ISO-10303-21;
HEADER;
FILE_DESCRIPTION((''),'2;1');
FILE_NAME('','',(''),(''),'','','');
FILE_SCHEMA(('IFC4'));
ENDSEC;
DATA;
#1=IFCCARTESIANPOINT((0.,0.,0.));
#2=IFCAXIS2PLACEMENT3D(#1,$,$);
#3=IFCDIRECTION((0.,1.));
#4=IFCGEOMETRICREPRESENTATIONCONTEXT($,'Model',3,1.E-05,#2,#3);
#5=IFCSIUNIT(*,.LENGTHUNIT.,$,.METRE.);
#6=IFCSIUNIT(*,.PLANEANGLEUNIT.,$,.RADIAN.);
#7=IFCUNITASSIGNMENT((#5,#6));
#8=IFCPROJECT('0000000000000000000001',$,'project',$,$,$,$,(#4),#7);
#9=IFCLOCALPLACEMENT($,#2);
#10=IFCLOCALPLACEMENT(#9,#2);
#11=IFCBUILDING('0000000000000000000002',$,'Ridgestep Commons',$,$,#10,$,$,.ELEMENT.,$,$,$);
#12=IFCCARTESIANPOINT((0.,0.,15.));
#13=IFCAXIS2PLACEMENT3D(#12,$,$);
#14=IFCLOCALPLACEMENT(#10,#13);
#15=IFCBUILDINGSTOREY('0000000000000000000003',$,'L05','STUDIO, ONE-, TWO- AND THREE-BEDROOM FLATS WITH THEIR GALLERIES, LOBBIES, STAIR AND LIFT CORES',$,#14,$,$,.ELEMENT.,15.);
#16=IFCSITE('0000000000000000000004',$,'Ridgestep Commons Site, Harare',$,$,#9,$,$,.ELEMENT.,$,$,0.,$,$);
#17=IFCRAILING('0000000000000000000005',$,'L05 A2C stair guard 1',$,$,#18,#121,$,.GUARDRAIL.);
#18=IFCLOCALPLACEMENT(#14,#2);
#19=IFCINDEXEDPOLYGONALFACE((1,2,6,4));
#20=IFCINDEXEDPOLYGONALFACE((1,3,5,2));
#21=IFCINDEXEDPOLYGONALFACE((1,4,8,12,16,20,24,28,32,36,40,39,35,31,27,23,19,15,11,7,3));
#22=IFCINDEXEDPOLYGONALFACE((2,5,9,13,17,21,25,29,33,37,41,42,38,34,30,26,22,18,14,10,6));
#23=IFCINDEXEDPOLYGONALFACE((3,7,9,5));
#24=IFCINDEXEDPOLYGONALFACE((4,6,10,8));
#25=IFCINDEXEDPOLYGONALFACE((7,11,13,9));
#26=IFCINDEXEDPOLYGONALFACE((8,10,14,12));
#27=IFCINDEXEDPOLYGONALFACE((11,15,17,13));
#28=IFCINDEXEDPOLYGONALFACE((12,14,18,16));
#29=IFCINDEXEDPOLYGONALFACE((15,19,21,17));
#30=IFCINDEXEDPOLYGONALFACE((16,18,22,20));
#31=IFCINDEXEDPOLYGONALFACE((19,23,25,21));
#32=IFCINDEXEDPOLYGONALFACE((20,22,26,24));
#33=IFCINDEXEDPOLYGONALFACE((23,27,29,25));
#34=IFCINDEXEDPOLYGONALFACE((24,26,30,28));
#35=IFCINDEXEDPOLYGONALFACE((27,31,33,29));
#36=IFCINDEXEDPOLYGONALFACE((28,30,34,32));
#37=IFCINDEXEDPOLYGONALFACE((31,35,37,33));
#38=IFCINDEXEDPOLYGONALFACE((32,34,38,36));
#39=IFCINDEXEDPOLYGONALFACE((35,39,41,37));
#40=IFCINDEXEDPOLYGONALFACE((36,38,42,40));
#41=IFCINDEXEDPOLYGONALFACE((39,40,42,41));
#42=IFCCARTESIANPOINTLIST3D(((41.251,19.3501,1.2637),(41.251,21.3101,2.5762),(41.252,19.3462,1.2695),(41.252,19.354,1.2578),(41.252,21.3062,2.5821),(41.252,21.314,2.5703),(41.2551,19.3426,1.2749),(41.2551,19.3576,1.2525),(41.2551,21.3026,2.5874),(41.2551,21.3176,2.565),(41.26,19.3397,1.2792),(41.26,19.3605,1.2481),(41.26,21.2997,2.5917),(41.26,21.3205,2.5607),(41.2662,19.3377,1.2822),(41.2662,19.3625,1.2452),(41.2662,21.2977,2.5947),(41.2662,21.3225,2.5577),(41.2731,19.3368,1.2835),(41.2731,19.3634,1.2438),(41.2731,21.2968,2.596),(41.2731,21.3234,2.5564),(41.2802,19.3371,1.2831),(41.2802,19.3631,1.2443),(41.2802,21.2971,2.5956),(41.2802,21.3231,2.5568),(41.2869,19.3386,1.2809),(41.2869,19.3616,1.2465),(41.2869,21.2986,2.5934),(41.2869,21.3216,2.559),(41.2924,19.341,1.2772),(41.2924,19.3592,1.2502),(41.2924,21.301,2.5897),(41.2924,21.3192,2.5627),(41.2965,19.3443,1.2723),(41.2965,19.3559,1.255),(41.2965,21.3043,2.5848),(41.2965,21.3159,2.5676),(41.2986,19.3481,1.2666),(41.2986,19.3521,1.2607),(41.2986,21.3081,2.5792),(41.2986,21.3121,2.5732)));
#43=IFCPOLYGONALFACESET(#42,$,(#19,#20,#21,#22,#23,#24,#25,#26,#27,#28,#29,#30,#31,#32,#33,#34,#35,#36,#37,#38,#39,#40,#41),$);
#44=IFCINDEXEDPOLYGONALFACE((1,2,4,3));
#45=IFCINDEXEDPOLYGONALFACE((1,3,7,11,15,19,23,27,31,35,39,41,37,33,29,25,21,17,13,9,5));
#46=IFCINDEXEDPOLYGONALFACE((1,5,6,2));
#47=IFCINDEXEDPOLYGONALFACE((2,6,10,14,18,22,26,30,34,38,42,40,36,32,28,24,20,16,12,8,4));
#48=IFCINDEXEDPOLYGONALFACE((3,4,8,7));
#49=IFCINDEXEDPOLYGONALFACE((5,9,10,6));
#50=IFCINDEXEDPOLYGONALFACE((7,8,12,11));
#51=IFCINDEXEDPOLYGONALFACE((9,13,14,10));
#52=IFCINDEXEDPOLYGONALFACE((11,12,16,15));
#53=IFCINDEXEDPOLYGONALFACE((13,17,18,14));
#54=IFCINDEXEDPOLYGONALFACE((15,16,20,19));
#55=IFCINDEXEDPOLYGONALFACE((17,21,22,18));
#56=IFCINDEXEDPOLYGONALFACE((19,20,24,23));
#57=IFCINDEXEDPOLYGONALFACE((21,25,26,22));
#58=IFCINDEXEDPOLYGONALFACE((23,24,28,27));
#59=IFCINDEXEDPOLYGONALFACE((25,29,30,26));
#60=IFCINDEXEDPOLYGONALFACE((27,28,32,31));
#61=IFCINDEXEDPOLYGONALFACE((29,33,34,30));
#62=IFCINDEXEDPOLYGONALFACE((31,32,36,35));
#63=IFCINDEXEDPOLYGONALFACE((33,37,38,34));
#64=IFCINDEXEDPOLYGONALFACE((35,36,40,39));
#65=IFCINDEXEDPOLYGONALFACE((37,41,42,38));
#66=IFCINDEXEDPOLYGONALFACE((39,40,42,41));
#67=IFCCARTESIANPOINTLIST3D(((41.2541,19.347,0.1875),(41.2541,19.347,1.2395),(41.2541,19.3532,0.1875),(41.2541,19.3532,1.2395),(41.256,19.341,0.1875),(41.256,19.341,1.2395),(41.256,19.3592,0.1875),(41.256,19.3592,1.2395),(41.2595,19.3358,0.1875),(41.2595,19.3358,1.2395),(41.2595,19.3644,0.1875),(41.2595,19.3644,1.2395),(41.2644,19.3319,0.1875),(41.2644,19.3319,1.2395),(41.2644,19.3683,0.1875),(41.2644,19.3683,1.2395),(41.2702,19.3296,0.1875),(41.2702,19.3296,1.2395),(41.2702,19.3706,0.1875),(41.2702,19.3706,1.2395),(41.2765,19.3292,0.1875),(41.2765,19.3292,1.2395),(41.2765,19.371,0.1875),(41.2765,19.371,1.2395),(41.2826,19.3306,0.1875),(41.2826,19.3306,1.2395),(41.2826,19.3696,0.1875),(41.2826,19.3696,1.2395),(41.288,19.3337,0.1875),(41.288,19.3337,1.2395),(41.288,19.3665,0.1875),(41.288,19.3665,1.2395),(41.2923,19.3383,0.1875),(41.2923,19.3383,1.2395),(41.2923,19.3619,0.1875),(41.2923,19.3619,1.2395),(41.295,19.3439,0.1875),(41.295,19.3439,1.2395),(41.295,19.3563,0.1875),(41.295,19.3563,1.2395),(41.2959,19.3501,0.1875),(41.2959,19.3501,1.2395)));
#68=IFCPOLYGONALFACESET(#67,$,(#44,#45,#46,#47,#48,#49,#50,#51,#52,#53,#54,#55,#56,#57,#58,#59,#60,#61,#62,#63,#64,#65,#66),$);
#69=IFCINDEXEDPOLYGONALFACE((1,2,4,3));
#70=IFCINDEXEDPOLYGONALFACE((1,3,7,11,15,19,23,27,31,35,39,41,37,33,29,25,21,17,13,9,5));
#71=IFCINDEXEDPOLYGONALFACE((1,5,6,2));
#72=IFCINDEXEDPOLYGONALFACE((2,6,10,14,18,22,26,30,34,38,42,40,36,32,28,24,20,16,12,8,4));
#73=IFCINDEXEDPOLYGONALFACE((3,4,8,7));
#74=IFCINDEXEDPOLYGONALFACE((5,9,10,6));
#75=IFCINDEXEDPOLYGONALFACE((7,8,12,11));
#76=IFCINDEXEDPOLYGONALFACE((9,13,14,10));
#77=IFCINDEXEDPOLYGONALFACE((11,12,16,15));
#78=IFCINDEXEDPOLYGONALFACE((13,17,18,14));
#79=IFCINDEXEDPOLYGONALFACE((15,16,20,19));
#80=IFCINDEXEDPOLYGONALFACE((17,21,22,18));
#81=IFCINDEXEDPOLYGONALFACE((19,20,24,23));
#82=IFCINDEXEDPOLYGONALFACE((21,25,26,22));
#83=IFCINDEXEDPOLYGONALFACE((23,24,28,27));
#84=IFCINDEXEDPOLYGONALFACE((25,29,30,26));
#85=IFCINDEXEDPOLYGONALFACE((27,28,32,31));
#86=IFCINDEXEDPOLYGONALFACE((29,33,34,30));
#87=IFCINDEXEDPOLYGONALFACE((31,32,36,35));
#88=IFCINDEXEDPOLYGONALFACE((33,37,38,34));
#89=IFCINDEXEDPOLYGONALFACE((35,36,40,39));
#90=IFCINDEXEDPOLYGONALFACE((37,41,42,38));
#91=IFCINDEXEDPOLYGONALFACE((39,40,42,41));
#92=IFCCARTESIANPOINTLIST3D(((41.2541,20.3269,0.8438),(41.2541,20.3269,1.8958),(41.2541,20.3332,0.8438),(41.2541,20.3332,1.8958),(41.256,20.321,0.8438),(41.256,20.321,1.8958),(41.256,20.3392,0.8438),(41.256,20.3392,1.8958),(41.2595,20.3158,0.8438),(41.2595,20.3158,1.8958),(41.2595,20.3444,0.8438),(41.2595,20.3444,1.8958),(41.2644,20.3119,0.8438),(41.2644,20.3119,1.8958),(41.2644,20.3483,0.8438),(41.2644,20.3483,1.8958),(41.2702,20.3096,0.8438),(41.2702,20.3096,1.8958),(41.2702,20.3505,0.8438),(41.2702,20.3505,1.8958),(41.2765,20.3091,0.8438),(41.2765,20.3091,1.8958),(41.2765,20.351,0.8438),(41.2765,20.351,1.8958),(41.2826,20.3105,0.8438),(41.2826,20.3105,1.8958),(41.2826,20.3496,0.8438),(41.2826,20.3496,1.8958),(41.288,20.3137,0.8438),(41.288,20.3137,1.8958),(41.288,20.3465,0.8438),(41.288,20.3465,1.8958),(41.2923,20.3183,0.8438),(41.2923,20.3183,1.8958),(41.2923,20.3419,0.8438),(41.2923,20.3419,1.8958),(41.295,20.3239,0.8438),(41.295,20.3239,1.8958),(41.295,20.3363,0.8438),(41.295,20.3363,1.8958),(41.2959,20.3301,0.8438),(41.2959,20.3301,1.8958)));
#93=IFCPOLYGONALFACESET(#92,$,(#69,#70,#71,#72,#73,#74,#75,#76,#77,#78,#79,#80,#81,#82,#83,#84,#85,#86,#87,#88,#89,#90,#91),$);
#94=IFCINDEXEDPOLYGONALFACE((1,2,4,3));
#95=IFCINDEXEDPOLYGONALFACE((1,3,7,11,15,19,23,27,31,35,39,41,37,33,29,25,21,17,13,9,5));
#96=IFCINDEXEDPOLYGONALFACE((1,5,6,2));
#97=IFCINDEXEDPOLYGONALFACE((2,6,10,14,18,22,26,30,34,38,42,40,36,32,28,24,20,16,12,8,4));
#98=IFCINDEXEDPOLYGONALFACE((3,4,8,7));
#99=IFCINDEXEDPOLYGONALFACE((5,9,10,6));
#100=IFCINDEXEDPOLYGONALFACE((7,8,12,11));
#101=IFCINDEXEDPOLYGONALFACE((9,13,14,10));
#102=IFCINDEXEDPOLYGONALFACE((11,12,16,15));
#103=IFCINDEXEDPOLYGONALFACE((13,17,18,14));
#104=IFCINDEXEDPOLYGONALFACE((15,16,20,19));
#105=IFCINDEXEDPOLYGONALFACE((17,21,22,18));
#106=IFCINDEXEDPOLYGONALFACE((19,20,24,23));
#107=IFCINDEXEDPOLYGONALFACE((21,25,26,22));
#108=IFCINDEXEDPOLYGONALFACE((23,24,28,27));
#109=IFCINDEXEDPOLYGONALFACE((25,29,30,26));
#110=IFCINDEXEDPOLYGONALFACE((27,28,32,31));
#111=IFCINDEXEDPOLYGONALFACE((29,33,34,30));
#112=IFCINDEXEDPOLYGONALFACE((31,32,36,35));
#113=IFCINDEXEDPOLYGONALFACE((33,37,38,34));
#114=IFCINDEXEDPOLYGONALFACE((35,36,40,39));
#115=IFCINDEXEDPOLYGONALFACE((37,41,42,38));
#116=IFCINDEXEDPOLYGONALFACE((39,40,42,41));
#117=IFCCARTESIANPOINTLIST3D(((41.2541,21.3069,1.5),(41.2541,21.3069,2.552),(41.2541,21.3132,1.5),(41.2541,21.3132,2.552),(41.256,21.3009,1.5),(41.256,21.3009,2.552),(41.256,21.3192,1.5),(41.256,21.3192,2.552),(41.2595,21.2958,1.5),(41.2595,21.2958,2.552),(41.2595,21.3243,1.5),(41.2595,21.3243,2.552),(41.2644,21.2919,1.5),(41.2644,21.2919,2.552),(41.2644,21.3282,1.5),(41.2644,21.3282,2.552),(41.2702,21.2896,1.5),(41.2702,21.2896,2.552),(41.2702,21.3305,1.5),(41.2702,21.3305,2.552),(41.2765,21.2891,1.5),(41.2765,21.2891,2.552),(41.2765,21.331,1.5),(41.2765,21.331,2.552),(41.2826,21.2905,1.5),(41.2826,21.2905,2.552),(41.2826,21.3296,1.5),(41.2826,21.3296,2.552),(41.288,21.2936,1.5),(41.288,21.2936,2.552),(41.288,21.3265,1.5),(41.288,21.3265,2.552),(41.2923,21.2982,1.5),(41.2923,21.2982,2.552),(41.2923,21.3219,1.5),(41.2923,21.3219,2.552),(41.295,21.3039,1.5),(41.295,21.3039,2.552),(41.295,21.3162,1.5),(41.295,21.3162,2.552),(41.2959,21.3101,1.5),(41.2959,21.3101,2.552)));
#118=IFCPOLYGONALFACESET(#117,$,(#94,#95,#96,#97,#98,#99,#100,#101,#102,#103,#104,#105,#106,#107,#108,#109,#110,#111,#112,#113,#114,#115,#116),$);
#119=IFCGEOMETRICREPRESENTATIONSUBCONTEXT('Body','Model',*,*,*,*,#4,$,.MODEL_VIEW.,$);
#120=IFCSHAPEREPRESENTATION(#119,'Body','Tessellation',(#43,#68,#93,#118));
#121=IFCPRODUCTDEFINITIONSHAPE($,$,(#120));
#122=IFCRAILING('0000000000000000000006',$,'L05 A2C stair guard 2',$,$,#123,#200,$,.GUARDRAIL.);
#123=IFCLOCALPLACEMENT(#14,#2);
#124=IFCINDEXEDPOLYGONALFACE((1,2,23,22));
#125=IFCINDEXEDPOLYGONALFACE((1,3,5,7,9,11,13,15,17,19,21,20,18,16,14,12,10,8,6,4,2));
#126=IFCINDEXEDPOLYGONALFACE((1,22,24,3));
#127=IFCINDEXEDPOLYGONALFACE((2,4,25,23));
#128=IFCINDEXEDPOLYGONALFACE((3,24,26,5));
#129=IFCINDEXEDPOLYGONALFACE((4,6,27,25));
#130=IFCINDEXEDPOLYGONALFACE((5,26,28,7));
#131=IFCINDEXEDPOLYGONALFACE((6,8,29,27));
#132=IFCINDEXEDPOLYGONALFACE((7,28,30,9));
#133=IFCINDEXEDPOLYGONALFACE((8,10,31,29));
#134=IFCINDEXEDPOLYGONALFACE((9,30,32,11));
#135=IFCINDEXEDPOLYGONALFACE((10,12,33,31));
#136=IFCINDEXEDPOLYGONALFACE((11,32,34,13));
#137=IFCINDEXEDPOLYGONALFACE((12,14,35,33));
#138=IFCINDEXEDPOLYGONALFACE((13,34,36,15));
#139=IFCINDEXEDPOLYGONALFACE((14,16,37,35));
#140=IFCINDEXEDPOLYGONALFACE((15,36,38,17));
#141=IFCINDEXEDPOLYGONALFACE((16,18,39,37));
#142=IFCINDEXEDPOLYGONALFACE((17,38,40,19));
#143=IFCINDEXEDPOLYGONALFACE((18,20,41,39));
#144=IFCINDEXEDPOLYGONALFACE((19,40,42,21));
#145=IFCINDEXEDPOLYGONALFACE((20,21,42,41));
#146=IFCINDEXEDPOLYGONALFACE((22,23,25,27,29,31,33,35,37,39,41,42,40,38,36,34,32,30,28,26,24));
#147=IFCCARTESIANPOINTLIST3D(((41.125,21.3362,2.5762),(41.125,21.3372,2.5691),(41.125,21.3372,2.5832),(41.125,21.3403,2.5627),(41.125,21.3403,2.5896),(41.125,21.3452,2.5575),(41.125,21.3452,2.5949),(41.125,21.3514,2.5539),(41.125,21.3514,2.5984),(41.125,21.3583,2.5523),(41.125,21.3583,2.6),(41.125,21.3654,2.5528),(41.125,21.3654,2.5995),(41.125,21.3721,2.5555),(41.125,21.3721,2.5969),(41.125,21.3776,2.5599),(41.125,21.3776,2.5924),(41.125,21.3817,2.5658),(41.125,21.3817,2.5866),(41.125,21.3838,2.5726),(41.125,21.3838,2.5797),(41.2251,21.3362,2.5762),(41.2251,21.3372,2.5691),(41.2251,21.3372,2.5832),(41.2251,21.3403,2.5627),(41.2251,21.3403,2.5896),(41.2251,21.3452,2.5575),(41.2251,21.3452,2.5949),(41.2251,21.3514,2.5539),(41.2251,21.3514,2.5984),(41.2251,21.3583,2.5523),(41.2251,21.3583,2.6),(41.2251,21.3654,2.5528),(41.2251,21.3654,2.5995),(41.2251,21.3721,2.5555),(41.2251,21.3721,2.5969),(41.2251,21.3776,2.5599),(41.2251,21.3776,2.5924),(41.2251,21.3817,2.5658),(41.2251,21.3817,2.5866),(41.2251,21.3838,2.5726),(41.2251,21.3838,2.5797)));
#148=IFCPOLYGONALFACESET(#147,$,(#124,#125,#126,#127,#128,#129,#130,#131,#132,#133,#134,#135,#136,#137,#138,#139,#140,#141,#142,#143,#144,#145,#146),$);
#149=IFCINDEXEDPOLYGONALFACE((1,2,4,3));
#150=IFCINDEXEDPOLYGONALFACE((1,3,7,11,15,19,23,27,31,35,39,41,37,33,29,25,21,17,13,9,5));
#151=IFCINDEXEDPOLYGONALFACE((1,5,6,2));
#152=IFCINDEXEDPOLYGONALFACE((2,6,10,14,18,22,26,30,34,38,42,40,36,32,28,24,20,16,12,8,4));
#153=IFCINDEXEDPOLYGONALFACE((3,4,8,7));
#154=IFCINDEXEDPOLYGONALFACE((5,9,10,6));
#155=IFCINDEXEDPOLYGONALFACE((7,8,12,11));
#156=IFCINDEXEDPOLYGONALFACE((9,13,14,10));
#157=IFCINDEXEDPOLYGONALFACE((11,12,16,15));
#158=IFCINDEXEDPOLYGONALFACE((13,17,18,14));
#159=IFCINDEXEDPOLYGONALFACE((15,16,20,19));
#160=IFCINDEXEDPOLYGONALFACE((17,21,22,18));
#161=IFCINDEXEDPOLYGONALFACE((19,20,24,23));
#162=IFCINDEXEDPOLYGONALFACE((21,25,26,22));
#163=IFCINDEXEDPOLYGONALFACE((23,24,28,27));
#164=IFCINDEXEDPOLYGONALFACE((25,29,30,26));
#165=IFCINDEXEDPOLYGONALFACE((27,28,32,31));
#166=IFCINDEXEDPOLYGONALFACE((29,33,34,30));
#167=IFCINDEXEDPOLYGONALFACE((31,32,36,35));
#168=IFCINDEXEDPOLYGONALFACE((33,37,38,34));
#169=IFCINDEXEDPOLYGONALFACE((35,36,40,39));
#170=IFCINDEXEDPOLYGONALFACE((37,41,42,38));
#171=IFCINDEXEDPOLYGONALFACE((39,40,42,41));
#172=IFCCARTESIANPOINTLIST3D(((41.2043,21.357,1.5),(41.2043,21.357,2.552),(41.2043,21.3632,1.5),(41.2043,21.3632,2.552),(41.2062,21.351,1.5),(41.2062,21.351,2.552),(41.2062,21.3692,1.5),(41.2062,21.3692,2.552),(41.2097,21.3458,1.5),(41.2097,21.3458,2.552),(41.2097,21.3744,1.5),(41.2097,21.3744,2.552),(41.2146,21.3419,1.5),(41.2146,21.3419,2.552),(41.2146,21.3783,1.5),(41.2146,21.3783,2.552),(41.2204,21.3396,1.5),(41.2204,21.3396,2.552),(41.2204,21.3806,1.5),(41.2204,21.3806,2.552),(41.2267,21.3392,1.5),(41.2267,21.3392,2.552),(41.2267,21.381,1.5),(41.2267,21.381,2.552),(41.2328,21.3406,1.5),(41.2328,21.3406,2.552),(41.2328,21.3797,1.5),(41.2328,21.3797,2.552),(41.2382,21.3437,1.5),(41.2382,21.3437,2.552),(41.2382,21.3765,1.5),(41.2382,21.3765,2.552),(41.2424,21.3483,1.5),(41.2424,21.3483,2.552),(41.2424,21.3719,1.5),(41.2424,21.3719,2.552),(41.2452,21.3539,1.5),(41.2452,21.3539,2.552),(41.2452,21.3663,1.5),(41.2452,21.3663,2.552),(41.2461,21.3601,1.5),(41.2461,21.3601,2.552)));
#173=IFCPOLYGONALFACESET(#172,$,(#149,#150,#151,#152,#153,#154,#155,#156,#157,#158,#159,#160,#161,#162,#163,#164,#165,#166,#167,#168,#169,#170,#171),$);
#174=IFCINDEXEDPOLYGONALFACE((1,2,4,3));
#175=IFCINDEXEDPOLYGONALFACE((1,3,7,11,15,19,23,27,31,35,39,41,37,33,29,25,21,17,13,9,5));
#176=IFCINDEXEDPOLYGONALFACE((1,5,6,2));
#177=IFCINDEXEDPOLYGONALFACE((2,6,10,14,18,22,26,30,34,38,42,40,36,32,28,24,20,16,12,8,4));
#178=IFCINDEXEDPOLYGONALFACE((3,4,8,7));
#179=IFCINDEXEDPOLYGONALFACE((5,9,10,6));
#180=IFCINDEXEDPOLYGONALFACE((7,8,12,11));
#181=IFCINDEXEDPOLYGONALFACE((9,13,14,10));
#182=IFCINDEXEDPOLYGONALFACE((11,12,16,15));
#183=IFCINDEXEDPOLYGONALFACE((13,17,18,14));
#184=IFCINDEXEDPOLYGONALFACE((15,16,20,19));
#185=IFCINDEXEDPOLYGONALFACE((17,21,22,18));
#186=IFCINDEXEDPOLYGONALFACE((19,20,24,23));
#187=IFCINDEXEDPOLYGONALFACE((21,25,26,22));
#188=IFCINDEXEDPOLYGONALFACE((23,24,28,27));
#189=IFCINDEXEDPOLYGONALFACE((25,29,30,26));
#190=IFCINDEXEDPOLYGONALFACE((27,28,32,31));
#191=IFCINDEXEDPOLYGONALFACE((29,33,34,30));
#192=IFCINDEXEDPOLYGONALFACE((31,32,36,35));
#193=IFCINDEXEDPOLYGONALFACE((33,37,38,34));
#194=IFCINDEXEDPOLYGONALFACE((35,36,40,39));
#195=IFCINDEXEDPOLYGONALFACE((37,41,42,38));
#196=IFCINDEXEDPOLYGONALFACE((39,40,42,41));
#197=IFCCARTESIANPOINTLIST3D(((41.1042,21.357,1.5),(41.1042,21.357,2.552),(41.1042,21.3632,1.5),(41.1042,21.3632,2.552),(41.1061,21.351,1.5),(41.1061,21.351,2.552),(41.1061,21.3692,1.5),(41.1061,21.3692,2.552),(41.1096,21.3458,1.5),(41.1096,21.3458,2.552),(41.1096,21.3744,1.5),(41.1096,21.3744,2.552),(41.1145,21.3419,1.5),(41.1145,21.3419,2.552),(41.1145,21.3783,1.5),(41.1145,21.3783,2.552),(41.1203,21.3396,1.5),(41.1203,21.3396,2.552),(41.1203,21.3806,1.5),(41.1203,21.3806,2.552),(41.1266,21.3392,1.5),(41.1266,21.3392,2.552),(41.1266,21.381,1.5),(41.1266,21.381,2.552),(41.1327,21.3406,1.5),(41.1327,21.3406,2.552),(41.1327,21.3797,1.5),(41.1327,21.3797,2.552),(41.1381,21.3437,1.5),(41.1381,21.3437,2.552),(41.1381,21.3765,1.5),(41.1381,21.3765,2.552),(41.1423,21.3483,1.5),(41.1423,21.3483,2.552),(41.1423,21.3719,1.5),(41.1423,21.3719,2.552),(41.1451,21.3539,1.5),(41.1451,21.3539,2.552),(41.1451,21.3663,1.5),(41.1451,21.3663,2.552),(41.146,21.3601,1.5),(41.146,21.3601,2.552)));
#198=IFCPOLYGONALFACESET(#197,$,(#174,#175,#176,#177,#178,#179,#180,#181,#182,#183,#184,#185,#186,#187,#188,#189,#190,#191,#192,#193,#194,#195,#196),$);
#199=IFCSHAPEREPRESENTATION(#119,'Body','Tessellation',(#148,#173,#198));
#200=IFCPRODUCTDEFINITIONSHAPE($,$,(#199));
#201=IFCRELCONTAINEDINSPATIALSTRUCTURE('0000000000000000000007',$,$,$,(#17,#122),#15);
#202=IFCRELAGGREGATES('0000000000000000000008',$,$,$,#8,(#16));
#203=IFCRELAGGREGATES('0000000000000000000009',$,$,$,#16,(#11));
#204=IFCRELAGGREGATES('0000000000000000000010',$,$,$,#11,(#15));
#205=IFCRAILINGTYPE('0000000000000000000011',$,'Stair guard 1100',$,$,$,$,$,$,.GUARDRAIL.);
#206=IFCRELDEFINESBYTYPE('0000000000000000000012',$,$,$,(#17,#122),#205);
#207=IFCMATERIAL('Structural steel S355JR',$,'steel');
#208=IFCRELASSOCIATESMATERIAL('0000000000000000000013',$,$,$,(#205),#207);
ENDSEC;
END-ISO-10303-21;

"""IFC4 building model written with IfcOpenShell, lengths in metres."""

from ifc_helpers import new_model, si_unit, direction, frame, origin, origin_2d, place, context, subcontext, project, spatial, circle, extrude, material, type_object, element, save


model = new_model("IFC4")

# Units and contexts
model_context = context("Model", 3, precision=1e-05, world=origin(), true_north=direction((0.0, 1.0)))
body_context = subcontext(model_context, "Body", "Model", "MODEL_VIEW")
ifc_project = project(units=[si_unit("LENGTHUNIT", "METRE"), si_unit("PLANEANGLEUNIT", "RADIAN")], contexts=[model_context])

# Site, building, storey
site_placement = place(None, origin())
site = spatial("IfcSite", under=ifc_project, at=site_placement, Name="Ridgestep Commons Site, Harare", CompositionType="ELEMENT", RefElevation=0.0)
building_placement = place(site_placement, origin())
building = spatial("IfcBuilding", under=site, at=building_placement, Name="Ridgestep Commons", CompositionType="ELEMENT")
storey_placement = place(building_placement, frame((0.0, 0.0, 15.0)))
storey = spatial("IfcBuildingStorey", under=building, at=storey_placement, Name="L05", Description="STUDIO, ONE-, TWO- AND THREE-BEDROOM FLATS WITH THEIR GALLERIES, LOBBIES, STAIR AND LIFT CORES", CompositionType="ELEMENT", Elevation=15.0)

# Railings
ifc_material_1 = material(Name="Structural steel S355JR", Category="steel")
railing_type_1 = type_object("IfcRailingType", Name="Stair guard 1100", PredefinedType="GUARDRAIL", material=ifc_material_1)
railing_1_placement = place(storey_placement, frame((41.2749, 19.3501, 0.1875)))
element("IfcRailing", 1, at=railing_1_placement, inside=storey, type_object=railing_type_1, Name="L05 A2C stair guard 1", PredefinedType="GUARDRAIL", context=body_context, shape_type="SweptSolid", body=[
    extrude(circle(Radius=0.0239, at=origin_2d()), frame((0.0, 0.0, 1.0762), z_axis=(0.0, 0.830902, 0.556419), x_axis=(-1.0, 0.0, 0.0)), (0.0, 0.0, 1.0), 2.3589),
    extrude(circle(Radius=0.021, at=origin_2d()), origin(), (0.0, 0.0, 1.0), 1.052),
    extrude(circle(Radius=0.021, at=origin_2d()), frame((0.0, 0.98, 0.6562)), (0.0, 0.0, 1.0), 1.052),
    extrude(circle(Radius=0.021, at=origin_2d()), frame((0.0, 1.96, 1.3125)), (0.0, 0.0, 1.0), 1.052),
])
railing_2_placement = place(storey_placement, frame((41.2251, 21.3601, 1.5)))
element("IfcRailing", 2, at=railing_2_placement, inside=storey, type_object=railing_type_1, Name="L05 A2C stair guard 2", PredefinedType="GUARDRAIL", context=body_context, shape_type="SweptSolid", body=[
    extrude(circle(Radius=0.0239, at=origin_2d()), frame((0.0, 0.0, 1.0762), z_axis=(-1.0, 0.0, 0.0), x_axis=(0.0, -1.0, 0.0)), (0.0, 0.0, 1.0), 0.1001),
    extrude(circle(Radius=0.021, at=origin_2d()), origin(), (0.0, 0.0, 1.0), 1.052),
    extrude(circle(Radius=0.021, at=origin_2d()), frame((-0.1001, 0.0, 0.0)), (0.0, 0.0, 1.0), 1.052),
])

save(model, "model.ifc")
